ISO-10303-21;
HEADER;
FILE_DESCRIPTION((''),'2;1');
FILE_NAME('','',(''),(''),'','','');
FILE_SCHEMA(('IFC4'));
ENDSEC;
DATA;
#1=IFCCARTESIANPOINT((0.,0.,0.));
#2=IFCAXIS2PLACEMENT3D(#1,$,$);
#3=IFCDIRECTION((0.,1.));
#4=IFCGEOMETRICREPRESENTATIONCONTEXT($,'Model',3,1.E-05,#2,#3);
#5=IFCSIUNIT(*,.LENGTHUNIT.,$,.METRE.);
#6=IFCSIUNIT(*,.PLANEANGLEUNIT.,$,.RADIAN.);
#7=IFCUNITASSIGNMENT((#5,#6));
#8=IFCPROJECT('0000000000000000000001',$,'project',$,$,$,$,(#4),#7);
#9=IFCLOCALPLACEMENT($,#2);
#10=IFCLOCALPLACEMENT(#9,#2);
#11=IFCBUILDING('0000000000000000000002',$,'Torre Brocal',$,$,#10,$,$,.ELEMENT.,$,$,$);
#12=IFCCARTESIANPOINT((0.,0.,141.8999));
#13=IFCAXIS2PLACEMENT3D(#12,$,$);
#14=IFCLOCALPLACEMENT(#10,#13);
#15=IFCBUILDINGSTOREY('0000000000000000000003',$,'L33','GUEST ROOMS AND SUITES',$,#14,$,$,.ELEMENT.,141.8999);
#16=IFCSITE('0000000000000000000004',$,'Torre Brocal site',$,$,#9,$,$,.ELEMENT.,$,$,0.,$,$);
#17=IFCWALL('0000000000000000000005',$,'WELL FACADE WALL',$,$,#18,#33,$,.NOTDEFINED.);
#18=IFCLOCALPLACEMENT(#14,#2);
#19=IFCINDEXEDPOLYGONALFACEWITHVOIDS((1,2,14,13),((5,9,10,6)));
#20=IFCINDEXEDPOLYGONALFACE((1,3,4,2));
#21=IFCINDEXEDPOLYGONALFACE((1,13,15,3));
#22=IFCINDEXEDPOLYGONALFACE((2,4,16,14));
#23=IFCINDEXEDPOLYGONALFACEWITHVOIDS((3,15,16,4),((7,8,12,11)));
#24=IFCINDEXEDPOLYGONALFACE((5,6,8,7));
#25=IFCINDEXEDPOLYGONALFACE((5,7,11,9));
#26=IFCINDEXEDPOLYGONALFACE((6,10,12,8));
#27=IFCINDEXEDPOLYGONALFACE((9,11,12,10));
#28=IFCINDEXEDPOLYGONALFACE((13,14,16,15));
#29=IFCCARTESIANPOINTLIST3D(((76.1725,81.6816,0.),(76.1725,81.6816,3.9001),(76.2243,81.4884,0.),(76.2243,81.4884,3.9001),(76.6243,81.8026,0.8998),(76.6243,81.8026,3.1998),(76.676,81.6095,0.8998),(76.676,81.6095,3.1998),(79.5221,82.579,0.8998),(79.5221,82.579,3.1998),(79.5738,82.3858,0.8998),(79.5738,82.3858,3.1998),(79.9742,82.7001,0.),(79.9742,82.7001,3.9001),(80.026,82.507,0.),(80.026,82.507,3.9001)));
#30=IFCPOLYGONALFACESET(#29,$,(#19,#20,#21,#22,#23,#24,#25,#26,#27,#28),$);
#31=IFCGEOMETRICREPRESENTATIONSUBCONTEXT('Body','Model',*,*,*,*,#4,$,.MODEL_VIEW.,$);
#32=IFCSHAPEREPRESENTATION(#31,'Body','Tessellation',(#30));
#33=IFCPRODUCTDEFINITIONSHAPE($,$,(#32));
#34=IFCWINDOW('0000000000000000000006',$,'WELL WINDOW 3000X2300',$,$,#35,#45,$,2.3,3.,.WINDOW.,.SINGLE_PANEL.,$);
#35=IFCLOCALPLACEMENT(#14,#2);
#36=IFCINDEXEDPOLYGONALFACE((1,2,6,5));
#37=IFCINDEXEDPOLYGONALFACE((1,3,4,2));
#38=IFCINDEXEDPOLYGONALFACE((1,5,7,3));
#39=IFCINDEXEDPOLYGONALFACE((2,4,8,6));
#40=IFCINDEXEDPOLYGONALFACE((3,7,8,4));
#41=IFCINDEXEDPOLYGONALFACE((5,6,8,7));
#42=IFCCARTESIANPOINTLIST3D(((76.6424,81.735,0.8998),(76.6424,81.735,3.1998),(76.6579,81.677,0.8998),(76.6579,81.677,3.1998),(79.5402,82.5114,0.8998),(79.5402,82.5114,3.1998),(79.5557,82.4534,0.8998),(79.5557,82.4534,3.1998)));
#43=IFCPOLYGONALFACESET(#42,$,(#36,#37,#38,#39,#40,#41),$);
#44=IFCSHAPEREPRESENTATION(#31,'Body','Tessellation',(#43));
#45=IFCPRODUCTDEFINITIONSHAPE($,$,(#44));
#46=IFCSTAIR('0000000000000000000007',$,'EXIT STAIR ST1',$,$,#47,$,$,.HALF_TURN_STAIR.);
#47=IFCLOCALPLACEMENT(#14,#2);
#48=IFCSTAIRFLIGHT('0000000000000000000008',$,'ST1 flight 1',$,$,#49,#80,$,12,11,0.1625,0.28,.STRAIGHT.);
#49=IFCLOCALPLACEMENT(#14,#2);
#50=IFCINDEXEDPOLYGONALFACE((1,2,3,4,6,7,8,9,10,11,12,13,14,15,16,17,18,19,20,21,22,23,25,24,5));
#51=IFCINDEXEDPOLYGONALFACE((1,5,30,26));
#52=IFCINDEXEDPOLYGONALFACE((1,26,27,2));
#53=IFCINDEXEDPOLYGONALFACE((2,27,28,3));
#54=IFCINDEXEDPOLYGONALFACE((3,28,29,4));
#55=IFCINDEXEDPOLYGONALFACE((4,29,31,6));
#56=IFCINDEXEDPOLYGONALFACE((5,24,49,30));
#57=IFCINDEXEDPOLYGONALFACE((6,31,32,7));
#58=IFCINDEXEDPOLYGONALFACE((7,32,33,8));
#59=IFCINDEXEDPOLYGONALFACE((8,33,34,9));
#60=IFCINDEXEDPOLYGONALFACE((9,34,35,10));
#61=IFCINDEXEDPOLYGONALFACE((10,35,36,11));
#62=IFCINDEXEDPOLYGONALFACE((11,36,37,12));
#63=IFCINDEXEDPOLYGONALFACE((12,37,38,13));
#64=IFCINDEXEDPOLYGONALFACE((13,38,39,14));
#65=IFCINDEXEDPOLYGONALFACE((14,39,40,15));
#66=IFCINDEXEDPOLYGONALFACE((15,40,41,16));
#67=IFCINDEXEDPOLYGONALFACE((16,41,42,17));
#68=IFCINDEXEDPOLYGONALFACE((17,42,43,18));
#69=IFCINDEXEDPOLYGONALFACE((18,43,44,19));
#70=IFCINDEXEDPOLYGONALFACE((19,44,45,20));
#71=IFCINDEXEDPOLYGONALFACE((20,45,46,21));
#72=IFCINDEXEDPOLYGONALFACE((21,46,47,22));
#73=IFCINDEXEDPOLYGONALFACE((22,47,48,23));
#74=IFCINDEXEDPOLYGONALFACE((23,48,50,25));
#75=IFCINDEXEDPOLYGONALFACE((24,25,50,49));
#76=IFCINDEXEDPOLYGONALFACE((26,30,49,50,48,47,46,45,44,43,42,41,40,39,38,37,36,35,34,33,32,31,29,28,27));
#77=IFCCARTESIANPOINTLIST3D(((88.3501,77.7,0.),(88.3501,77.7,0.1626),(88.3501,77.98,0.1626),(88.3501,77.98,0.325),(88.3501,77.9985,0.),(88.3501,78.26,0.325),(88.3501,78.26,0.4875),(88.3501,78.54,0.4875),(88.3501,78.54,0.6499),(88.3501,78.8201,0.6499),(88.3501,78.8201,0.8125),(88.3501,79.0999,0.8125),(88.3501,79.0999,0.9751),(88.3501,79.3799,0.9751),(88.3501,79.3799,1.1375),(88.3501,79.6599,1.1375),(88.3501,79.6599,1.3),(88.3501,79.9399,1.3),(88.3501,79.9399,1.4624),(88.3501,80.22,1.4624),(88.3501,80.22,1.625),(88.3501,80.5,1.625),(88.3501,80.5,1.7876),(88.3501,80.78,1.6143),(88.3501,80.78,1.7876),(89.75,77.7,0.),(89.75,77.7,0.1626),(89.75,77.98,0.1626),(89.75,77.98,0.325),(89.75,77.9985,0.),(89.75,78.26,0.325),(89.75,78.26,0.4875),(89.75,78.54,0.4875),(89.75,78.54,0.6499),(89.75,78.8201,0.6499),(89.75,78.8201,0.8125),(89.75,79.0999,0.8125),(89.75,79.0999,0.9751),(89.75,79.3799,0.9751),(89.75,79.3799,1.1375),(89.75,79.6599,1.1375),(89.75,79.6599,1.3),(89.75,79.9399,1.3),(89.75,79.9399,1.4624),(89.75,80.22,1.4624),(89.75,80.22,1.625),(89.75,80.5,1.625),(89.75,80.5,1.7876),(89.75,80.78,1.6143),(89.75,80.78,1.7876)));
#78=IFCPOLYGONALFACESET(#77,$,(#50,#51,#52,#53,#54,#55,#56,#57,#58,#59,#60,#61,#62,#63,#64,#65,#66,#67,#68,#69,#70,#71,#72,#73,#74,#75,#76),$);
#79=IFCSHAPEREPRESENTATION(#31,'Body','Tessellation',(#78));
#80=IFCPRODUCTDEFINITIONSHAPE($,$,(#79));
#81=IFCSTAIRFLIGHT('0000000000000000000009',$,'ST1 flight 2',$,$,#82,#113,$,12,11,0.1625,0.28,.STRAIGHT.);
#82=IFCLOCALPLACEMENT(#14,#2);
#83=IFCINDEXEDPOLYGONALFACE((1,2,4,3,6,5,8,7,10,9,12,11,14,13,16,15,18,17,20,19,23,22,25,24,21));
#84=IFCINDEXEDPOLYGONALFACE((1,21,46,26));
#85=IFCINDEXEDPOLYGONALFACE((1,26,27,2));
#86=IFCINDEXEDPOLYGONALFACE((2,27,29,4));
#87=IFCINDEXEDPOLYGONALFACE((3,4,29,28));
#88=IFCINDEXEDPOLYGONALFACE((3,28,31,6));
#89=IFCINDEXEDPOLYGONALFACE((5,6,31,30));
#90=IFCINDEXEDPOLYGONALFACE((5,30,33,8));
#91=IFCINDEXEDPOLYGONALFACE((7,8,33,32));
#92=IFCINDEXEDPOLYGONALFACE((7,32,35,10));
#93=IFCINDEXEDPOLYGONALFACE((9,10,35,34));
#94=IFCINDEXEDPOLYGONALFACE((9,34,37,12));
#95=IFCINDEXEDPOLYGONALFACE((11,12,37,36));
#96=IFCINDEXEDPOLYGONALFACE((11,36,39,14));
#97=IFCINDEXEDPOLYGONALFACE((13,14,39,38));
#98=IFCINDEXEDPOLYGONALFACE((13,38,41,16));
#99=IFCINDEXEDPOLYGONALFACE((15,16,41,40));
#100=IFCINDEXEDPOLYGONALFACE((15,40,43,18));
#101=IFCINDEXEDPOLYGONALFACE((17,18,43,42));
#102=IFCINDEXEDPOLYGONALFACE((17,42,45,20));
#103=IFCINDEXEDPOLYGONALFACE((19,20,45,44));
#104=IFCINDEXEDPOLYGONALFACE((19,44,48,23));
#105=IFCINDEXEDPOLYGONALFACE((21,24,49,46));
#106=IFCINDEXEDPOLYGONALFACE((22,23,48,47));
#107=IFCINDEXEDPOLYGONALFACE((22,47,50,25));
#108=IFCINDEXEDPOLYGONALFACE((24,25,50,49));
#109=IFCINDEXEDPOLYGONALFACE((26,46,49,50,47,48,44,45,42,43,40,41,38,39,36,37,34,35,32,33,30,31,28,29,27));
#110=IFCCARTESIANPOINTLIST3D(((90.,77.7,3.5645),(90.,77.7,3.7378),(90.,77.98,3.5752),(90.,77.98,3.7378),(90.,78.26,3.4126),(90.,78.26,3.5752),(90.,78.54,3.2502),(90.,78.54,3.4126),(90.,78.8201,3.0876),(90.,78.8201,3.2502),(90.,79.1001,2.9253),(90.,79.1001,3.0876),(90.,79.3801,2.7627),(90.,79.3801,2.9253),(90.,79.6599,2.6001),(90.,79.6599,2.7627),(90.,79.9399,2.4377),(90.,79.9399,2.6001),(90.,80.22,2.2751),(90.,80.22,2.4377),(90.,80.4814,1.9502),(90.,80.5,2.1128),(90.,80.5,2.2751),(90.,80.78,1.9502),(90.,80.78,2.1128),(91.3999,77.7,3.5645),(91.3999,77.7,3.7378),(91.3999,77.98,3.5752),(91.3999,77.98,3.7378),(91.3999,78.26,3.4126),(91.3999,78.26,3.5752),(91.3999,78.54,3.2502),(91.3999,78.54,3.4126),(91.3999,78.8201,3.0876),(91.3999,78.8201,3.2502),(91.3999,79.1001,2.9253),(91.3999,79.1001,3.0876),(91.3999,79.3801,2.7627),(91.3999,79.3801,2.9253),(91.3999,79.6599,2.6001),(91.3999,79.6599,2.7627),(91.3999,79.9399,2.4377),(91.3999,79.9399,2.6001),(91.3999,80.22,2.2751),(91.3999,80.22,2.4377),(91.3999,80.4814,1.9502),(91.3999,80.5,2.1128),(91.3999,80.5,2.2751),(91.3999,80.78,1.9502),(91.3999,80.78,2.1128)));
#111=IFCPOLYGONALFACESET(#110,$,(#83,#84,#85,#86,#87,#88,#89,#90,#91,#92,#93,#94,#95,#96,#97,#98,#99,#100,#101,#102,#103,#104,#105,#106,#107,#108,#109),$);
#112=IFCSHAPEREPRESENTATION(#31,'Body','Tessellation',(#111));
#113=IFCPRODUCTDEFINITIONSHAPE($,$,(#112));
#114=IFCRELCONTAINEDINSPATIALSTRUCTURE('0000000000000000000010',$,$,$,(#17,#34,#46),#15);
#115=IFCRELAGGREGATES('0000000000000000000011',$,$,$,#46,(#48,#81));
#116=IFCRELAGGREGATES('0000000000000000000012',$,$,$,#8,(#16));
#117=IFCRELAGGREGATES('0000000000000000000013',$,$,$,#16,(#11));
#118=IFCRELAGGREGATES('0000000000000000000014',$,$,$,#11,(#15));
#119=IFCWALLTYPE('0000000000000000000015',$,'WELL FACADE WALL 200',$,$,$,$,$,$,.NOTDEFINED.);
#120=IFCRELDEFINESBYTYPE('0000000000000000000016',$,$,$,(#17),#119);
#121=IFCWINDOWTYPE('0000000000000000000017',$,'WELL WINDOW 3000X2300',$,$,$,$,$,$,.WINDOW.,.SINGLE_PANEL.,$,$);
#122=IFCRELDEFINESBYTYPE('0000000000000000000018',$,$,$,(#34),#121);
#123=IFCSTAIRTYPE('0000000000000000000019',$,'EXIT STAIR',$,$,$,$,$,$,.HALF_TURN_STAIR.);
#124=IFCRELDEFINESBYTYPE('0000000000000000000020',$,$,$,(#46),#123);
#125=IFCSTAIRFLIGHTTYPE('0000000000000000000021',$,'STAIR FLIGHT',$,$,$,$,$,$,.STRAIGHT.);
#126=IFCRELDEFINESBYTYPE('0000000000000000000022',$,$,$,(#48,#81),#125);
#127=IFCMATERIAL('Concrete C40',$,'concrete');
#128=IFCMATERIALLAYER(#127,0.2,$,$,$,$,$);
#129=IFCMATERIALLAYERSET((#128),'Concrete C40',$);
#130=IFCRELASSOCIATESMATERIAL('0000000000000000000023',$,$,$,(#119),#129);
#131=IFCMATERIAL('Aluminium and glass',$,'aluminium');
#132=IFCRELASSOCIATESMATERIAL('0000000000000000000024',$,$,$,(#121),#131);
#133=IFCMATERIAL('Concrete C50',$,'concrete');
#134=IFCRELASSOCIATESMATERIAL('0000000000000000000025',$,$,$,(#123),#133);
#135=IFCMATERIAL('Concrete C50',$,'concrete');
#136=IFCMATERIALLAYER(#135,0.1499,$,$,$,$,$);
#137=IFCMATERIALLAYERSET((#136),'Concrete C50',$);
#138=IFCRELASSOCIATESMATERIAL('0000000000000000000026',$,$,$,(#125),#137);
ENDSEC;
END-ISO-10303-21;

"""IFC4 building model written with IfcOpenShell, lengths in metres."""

from ifc_helpers import new_model, si_unit, direction, frame, frame_2d, origin, place, context, subcontext, project, spatial, polyline, rectangle, outline, extrude, material, layer, layer_set, type_object, element, fill, aggregate, save


model = new_model("IFC4")

# Units and contexts
model_context = context("Model", 3, precision=1e-05, world=origin(), true_north=direction((0.0, 1.0)))
body_context = subcontext(model_context, "Body", "Model", "MODEL_VIEW")
ifc_project = project(units=[si_unit("LENGTHUNIT", "METRE"), si_unit("PLANEANGLEUNIT", "RADIAN")], contexts=[model_context])

# Site, building, storey
site_placement = place(None, origin())
site = spatial("IfcSite", under=ifc_project, at=site_placement, Name="Torre Brocal site", CompositionType="ELEMENT", RefElevation=0.0)
building_placement = place(site_placement, origin())
building = spatial("IfcBuilding", under=site, at=building_placement, Name="Torre Brocal", CompositionType="ELEMENT")
storey_placement = place(building_placement, frame((0.0, 0.0, 141.8999)))
storey = spatial("IfcBuildingStorey", under=building, at=storey_placement, Name="L33", Description="GUEST ROOMS AND SUITES", CompositionType="ELEMENT", Elevation=141.8999)

# Wall, opening, window
ifc_material_1 = material(Name="Concrete C40", Category="concrete")
ifc_layer_1 = layer(ifc_material_1, 0.2)
ifc_layer_set_1 = layer_set([ifc_layer_1], Name="Concrete C40")
wall_type_1 = type_object("IfcWallType", Name="WELL FACADE WALL 200", PredefinedType="NOTDEFINED", material=ifc_layer_set_1)
ifc_material_2 = material(Name="Aluminium and glass", Category="aluminium")
window_type = type_object("IfcWindowType", Name="WELL WINDOW 3000X2300", PartitioningType="SINGLE_PANEL", PredefinedType="WINDOW", material=ifc_material_2)
wall_1_placement = place(storey_placement, frame((80.0, 82.6035, 0.0), z_axis=(0.0, 0.0, 1.0), x_axis=(-0.965934, -0.25879, 0.0)))
wall_1 = element("IfcWall", 1, at=wall_1_placement, inside=storey, type_object=wall_type_1, Name="WELL FACADE WALL", PredefinedType="NOTDEFINED", context=body_context, shape_type="SweptSolid", body=[
    extrude(rectangle(XDim=3.9358, YDim=0.2, at=frame_2d((1.9678, 0.0))), origin(), (0.0, 0.0, 1.0), 3.9001),
])
opening_1_placement = place(wall_1_placement, frame((0.468, 0.0, 0.8999)))
opening_1 = element("IfcOpeningElement", 2, at=opening_1_placement, cuts=wall_1, PredefinedType="OPENING", context=body_context, shape_type="SweptSolid", body=[
    extrude(rectangle(XDim=3.0, YDim=2.3, at=frame_2d((1.5, 1.1499))), frame((0.0, 0.1099, 0.0), z_axis=(0.0, -1.0, 0.0), x_axis=(1.0, 0.0, 0.0)), (0.0, 0.0, 1.0), 0.22),
])
window_1_placement = place(opening_1_placement, origin())
window_1 = element("IfcWindow", 3, at=window_1_placement, inside=storey, type_object=window_type, Name="WELL WINDOW 3000X2300", OverallHeight=2.3, OverallWidth=3.0, PartitioningType="SINGLE_PANEL", PredefinedType="WINDOW", context=body_context, shape_type="SweptSolid", body=[
    extrude(rectangle(XDim=3.0, YDim=2.3, at=frame_2d((1.5, 1.1499))), frame((0.0, 0.03, 0.0), z_axis=(0.0, -1.0, 0.0), x_axis=(1.0, 0.0, 0.0)), (0.0, 0.0, 1.0), 0.0601),
])
fill(opening_1, window_1)

# Stair, stair flights
ifc_material_3 = material(Name="Concrete C50", Category="concrete")
stair_type = type_object("IfcStairType", Name="EXIT STAIR", PredefinedType="HALF_TURN_STAIR", material=ifc_material_3)
stair_placement = place(storey_placement, origin())
stair = element("IfcStair", 4, at=stair_placement, inside=storey, type_object=stair_type, Name="EXIT STAIR ST1", PredefinedType="HALF_TURN_STAIR")
ifc_material_4 = material(Name="Concrete C50", Category="concrete")
ifc_layer_2 = layer(ifc_material_4, 0.1499)
ifc_layer_set_2 = layer_set([ifc_layer_2], Name="Concrete C50")
stair_flight_type = type_object("IfcStairFlightType", Name="STAIR FLIGHT", PredefinedType="STRAIGHT", material=ifc_layer_set_2)
stair_flight_1_placement = place(storey_placement, frame((89.05, 77.7, 0.0), z_axis=(0.0, 0.0, 1.0), x_axis=(0.0, 1.0, 0.0)))
stair_flight_1 = element("IfcStairFlight", 5, at=stair_flight_1_placement, type_object=stair_flight_type, Name="ST1 flight 1", NumberOfRisers=12, NumberOfTreads=11, PredefinedType="STRAIGHT", RiserHeight=0.1625, TreadLength=0.28, context=body_context, shape_type="SweptSolid", body=[
    extrude(outline(polyline([(0.0, 0.0), (0.0, 0.1626), (0.28, 0.1626), (0.28, 0.325), (0.5601, 0.325), (0.5601, 0.4875), (0.8401, 0.4875), (0.8401, 0.6499), (1.1201, 0.6499), (1.1201, 0.8125), (1.3999, 0.8125), (1.3999, 0.9751), (1.6799, 0.9751), (1.6799, 1.1375), (1.96, 1.1375), (1.96, 1.3), (2.24, 1.3), (2.24, 1.4624), (2.52, 1.4624), (2.52, 1.625), (2.8, 1.625), (2.8, 1.7876), (3.0801, 1.7876), (3.0801, 1.95), (3.0801, 1.6143), (0.2986, 0.0), (0.0, 0.0)])), frame((0.0, 0.7, 0.0), z_axis=(0.0, -1.0, 0.0), x_axis=(1.0, 0.0, 0.0)), (0.0, 0.0, 1.0), 1.3999),
])
stair_flight_2_placement = place(storey_placement, frame((90.7, 80.78, 1.9502), z_axis=(0.0, 0.0, 1.0), x_axis=(0.0, -1.0, 0.0)))
stair_flight_2 = element("IfcStairFlight", 6, at=stair_flight_2_placement, type_object=stair_flight_type, Name="ST1 flight 2", NumberOfRisers=12, NumberOfTreads=11, PredefinedType="STRAIGHT", RiserHeight=0.1625, TreadLength=0.28, context=body_context, shape_type="SweptSolid", body=[
    extrude(outline(polyline([(0.0, 0.0), (0.0, 0.1626), (0.28, 0.1626), (0.28, 0.325), (0.5601, 0.325), (0.5601, 0.4875), (0.8401, 0.4875), (0.8401, 0.6499), (1.1201, 0.6499), (1.1201, 0.8125), (1.3999, 0.8125), (1.3999, 0.9751), (1.6799, 0.9751), (1.6799, 1.1375), (1.96, 1.1375), (1.96, 1.3), (2.24, 1.3), (2.24, 1.4624), (2.52, 1.4624), (2.52, 1.625), (2.8, 1.625), (2.8, 1.7876), (3.0801, 1.7876), (3.0801, 1.95), (3.0801, 1.6143), (0.2986, 0.0), (0.0, 0.0)])), frame((0.0, 0.7, 0.0), z_axis=(0.0, -1.0, 0.0), x_axis=(1.0, 0.0, 0.0)), (0.0, 0.0, 1.0), 1.3999),
])
aggregate(stair, [stair_flight_1, stair_flight_2])

save(model, "model.ifc")
